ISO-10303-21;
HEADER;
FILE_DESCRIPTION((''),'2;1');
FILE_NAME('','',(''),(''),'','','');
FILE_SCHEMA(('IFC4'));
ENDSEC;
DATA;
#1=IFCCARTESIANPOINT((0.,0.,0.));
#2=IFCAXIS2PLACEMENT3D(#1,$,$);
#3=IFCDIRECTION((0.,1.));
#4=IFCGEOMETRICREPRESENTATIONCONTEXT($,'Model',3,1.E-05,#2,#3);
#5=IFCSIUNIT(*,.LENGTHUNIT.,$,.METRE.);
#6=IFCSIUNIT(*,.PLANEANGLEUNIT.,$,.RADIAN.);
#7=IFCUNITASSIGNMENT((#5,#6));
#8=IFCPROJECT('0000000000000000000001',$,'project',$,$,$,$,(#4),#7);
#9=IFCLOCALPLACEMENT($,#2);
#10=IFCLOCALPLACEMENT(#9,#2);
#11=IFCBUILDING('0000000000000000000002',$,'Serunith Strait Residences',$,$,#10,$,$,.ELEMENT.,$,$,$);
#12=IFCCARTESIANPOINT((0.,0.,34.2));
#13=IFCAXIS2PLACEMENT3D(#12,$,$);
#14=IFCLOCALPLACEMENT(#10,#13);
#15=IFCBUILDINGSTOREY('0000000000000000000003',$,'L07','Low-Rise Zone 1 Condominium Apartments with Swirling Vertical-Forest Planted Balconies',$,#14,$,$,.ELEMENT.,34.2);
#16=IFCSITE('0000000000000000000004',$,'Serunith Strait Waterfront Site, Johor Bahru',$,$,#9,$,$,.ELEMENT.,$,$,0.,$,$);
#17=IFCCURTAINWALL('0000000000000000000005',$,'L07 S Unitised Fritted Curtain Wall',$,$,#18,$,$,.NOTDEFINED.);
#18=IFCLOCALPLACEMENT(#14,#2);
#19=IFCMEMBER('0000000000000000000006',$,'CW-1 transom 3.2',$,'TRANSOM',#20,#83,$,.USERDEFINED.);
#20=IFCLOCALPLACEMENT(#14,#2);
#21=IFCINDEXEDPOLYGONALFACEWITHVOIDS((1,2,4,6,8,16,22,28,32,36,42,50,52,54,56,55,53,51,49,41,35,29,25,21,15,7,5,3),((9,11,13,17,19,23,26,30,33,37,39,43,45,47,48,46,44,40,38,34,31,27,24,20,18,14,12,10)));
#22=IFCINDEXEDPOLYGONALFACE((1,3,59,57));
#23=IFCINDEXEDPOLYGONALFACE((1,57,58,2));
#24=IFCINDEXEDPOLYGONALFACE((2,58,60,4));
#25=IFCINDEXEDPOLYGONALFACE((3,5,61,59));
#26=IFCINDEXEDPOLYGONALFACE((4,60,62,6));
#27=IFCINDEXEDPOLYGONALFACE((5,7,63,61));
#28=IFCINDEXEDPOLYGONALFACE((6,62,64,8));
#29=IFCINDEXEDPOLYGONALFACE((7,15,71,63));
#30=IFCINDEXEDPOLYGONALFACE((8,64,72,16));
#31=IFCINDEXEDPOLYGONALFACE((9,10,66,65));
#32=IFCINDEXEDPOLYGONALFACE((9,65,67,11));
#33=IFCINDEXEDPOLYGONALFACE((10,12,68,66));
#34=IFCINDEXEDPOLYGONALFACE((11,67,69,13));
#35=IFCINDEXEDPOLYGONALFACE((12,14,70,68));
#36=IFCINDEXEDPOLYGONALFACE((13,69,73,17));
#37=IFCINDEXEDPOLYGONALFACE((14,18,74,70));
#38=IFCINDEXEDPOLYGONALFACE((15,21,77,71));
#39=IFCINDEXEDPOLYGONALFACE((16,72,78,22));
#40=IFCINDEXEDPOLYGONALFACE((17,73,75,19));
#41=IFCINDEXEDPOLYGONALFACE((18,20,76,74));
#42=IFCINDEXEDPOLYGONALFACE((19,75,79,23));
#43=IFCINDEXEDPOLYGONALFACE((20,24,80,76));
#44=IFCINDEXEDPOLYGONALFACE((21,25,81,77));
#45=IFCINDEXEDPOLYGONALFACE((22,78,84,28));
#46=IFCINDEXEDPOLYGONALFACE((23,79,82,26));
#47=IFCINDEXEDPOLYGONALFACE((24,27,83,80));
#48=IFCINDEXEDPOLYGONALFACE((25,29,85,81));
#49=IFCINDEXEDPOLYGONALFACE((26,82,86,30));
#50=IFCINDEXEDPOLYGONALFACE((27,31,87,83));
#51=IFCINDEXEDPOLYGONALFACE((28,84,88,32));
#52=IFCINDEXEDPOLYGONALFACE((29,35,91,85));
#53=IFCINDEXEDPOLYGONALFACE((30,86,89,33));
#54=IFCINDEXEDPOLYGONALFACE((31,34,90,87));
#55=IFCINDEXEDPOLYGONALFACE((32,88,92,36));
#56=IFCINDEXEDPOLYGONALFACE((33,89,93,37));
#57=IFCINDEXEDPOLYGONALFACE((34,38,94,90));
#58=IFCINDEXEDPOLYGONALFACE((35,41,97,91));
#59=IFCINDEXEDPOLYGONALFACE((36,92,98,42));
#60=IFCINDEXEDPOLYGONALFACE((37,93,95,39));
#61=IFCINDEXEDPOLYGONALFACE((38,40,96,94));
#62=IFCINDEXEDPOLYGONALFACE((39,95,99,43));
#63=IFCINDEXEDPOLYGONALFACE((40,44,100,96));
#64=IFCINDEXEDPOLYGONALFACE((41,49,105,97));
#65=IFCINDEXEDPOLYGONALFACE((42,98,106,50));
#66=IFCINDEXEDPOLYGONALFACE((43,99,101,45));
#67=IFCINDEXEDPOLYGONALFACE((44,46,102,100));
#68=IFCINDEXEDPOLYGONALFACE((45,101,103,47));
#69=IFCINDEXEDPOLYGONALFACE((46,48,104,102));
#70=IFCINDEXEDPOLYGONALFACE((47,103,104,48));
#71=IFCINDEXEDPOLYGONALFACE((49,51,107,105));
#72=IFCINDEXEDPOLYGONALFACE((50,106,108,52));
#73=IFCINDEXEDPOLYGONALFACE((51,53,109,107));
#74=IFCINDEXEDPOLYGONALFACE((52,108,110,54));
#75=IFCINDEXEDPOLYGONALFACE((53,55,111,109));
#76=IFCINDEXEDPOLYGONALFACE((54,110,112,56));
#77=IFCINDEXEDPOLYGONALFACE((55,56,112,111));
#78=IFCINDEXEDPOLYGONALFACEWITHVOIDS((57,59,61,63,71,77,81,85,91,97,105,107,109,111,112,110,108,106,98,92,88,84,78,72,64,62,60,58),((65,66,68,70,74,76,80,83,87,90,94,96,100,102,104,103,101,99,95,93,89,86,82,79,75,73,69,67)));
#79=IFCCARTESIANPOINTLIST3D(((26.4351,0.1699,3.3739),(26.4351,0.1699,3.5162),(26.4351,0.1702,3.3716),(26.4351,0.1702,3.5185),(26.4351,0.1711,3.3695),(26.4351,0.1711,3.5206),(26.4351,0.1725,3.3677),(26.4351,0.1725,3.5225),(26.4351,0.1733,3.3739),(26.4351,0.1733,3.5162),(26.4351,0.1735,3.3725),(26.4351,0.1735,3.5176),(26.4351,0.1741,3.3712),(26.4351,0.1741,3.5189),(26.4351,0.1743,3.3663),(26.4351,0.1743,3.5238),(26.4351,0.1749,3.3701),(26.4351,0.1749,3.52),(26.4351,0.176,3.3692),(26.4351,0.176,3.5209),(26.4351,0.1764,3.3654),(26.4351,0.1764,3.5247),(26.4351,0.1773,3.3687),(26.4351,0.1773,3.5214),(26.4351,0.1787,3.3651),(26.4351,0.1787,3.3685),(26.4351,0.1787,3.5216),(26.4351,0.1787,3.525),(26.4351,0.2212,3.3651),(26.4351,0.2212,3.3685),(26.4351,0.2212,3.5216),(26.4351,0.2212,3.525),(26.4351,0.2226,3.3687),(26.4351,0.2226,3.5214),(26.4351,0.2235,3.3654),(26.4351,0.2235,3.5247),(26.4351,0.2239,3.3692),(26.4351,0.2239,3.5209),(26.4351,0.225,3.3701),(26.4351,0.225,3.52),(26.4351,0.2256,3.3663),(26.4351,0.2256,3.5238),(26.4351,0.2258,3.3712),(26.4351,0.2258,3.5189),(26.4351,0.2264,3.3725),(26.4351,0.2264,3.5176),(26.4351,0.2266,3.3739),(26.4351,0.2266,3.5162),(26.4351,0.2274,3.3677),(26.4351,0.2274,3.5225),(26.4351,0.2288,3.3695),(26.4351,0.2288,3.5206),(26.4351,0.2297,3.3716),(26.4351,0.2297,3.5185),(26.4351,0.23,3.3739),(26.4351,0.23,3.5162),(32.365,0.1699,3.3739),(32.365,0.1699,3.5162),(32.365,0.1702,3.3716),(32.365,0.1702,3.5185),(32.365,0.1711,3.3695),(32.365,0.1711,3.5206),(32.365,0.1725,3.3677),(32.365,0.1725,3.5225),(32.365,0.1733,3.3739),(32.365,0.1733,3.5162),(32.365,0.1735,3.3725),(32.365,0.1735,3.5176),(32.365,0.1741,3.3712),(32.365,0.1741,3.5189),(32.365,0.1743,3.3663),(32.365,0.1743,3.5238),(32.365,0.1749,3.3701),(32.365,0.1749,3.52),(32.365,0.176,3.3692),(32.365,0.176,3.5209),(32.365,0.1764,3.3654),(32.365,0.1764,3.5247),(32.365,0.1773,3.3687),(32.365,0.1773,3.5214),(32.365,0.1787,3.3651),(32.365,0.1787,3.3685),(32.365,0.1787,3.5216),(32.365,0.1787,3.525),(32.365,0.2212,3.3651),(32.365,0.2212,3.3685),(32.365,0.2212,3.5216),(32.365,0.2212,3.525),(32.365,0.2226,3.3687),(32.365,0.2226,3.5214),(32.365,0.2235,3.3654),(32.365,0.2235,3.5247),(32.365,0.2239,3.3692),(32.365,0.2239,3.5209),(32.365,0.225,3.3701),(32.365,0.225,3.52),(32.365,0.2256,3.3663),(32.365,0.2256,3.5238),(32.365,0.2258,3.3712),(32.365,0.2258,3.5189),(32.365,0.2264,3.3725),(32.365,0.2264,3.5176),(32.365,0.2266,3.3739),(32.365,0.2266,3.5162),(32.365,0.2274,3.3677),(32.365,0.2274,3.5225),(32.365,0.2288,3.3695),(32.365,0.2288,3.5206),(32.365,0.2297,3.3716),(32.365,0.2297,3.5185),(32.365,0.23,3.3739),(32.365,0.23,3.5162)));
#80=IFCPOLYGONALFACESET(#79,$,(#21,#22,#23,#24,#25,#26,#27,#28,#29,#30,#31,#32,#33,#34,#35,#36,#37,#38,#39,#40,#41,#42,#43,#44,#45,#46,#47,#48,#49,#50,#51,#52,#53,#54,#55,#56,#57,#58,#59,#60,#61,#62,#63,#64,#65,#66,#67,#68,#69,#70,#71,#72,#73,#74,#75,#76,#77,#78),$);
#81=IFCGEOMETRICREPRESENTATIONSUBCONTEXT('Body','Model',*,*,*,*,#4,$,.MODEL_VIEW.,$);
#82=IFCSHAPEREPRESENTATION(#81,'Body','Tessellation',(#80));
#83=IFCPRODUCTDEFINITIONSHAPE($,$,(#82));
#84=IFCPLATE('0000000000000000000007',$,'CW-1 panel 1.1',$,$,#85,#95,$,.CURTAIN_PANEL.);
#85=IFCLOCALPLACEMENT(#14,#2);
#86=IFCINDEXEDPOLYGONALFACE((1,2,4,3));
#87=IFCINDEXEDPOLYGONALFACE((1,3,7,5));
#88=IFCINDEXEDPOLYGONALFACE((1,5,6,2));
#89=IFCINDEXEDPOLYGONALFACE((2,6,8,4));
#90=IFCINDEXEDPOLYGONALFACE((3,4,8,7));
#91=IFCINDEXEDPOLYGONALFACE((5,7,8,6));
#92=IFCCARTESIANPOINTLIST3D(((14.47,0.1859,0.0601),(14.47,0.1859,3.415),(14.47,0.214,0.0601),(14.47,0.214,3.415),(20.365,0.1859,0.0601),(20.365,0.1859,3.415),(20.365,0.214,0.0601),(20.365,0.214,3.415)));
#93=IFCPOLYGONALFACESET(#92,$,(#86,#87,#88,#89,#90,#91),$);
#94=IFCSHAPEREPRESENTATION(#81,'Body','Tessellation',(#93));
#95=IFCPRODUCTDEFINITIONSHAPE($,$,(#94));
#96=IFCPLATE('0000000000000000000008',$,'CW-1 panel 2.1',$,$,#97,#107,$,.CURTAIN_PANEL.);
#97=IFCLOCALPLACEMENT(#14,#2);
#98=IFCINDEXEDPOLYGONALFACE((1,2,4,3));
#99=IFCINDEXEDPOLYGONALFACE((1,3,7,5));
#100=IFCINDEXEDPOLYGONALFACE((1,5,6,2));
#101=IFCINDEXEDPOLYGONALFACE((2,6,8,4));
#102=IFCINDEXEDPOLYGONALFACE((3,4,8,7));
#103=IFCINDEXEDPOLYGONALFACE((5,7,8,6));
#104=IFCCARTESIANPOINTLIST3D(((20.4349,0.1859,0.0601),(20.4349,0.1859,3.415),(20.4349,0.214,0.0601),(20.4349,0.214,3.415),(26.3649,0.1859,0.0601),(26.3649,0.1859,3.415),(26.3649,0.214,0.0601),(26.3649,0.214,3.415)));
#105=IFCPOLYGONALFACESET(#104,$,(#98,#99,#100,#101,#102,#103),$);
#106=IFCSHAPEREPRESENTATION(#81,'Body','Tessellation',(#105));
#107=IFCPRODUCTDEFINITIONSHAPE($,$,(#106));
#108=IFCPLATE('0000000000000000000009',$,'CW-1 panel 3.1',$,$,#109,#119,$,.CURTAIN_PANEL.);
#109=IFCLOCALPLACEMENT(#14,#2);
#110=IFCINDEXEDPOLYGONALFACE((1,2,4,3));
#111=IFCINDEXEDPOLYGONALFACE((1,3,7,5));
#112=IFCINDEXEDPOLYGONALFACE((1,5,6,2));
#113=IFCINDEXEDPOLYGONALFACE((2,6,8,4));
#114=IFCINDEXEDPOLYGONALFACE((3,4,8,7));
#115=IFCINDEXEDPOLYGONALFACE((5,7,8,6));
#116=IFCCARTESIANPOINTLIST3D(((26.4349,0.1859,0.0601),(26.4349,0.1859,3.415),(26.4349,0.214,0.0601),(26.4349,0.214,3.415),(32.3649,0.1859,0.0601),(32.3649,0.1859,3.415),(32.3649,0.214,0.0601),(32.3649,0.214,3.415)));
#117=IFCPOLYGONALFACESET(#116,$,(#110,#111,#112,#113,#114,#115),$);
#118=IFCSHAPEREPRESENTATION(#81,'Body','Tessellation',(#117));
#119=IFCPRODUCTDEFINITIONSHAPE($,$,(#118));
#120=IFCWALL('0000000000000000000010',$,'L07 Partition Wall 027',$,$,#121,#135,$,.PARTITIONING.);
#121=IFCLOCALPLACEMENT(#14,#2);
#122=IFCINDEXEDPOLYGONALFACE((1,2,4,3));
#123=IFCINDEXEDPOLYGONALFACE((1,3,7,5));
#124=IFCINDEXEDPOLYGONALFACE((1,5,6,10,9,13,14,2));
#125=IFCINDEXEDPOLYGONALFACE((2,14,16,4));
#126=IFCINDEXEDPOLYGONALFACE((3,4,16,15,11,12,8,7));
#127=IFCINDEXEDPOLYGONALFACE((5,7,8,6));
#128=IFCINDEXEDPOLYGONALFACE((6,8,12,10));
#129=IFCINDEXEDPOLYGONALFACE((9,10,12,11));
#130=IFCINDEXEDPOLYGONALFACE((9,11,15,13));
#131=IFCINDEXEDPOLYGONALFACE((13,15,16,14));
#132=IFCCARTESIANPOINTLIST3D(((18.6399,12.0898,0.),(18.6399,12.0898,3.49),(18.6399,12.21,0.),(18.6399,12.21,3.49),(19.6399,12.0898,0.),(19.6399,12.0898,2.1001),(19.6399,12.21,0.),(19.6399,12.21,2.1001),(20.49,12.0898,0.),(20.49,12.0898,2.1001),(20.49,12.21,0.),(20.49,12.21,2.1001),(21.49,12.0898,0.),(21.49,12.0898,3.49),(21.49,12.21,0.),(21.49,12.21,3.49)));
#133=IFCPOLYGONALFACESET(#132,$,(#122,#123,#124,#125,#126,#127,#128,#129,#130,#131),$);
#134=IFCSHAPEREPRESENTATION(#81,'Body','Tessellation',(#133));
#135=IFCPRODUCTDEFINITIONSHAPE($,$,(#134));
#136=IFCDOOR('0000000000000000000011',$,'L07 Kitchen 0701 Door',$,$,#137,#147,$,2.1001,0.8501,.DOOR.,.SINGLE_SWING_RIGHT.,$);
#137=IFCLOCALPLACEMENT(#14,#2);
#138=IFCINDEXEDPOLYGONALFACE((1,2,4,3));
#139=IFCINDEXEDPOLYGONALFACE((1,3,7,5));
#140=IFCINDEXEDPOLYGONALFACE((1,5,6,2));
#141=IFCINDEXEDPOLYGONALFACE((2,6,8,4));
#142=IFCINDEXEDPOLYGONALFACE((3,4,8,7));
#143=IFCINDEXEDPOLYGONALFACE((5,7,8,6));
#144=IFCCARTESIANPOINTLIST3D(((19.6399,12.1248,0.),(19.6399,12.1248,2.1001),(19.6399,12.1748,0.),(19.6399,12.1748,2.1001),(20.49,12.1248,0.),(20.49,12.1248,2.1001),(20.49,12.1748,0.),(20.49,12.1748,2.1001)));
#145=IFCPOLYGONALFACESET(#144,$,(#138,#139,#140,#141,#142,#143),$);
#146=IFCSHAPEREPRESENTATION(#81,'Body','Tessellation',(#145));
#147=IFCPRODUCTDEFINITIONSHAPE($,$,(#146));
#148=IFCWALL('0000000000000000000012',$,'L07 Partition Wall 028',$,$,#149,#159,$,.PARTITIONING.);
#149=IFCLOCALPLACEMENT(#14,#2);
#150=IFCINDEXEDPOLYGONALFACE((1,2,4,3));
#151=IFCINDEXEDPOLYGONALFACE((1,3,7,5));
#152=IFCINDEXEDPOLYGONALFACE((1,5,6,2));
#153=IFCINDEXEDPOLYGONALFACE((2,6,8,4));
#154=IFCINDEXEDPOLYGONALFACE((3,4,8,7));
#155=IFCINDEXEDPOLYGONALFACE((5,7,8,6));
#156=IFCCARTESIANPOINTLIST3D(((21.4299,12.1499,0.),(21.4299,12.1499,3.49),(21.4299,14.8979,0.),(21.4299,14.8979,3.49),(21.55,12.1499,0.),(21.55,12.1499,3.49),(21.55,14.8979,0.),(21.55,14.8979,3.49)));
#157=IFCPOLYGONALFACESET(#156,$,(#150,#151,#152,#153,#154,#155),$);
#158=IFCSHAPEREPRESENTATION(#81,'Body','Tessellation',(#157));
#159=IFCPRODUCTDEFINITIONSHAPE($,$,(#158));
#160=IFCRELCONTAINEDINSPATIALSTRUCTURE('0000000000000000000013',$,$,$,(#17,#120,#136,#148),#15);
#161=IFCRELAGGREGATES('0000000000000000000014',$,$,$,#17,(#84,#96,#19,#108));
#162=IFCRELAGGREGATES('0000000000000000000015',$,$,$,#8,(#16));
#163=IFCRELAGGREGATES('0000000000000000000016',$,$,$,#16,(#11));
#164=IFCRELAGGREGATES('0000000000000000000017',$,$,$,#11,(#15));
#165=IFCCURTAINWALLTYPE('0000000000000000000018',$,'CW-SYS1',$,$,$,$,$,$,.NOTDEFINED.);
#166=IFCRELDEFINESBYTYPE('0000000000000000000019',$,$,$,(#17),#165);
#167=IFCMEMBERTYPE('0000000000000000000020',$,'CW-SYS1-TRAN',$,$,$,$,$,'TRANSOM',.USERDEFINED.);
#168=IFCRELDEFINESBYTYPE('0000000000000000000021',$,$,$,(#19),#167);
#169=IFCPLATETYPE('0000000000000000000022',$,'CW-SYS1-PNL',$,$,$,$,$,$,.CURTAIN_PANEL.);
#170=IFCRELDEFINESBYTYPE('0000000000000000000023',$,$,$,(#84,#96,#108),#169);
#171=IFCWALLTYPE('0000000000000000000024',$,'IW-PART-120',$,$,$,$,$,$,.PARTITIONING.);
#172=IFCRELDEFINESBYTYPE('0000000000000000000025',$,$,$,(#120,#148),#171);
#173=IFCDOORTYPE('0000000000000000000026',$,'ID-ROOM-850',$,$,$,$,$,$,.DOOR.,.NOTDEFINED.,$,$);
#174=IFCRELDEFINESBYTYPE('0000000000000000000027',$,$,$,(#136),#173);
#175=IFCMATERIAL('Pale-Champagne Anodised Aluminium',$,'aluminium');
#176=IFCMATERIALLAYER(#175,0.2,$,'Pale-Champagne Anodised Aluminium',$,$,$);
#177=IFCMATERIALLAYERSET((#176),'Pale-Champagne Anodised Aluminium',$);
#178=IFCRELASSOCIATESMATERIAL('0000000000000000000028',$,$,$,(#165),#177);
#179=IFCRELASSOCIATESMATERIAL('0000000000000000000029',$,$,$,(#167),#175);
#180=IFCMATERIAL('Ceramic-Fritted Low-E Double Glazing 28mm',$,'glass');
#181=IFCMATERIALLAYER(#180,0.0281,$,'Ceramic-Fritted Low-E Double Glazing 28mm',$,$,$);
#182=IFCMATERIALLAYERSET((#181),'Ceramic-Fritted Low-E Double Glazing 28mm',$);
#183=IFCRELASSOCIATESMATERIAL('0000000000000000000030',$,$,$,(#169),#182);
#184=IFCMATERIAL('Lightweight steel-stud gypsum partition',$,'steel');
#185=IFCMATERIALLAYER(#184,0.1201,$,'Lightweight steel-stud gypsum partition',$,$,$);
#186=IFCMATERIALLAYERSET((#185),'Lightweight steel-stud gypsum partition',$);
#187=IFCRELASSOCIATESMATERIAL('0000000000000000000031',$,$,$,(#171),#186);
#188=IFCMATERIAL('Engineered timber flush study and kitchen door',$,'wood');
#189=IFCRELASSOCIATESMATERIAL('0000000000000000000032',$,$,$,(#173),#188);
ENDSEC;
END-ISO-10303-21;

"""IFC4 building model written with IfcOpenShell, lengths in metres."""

from ifc_helpers import new_model, si_unit, direction, frame, frame_2d, origin, origin_2d, place, context, subcontext, project, spatial, rectangle, hollow_rectangle, extrude, source, transform, mapped, material, layer, layer_set, material_profile, profile_set, type_object, element, fill, aggregate, save


model = new_model("IFC4")

# Units and contexts
model_context = context("Model", 3, precision=1e-05, world=origin(), true_north=direction((0.0, 1.0)))
body_context = subcontext(model_context, "Body", "Model", "MODEL_VIEW")
ifc_project = project(units=[si_unit("LENGTHUNIT", "METRE"), si_unit("PLANEANGLEUNIT", "RADIAN")], contexts=[model_context])

# Site, building, storey
site_placement = place(None, origin())
site = spatial("IfcSite", under=ifc_project, at=site_placement, Name="Serunith Strait Waterfront Site, Johor Bahru", CompositionType="ELEMENT", RefElevation=0.0)
building_placement = place(site_placement, origin())
building = spatial("IfcBuilding", under=site, at=building_placement, Name="Serunith Strait Residences", CompositionType="ELEMENT")
storey_placement = place(building_placement, frame((0.0, 0.0, 34.2)))
storey = spatial("IfcBuildingStorey", under=building, at=storey_placement, Name="L07", Description="Low-Rise Zone 1 Condominium Apartments with Swirling Vertical-Forest Planted Balconies", CompositionType="ELEMENT", Elevation=34.2)

# Curtain wall, member, plates
ifc_material_1 = material(Name="Pale-Champagne Anodised Aluminium", Category="aluminium")
ifc_layer_1 = layer(ifc_material_1, 0.2, Name="Pale-Champagne Anodised Aluminium")
ifc_layer_set_1 = layer_set([ifc_layer_1], Name="Pale-Champagne Anodised Aluminium")
curtain_wall_type = type_object("IfcCurtainWallType", Name="CW-SYS1", PredefinedType="NOTDEFINED", material=ifc_layer_set_1)
curtain_wall_placement = place(storey_placement, origin())
curtain_wall = element("IfcCurtainWall", 1, at=curtain_wall_placement, inside=storey, type_object=curtain_wall_type, Name="L07 S Unitised Fritted Curtain Wall", PredefinedType="NOTDEFINED")
ifc_material_profile_1 = material_profile(ifc_material_1, hollow_rectangle(XDim=0.0601, YDim=0.1599, WallThickness=0.0034, InnerFilletRadius=0.0054, OuterFilletRadius=0.0088, at=origin_2d()), Name="ALU 160x60x3.5")
ifc_profile_set_1 = profile_set([ifc_material_profile_1], Name="Pale-Champagne Anodised Aluminium")
member_type_1 = type_object("IfcMemberType", Name="CW-SYS1-TRAN", ElementType="TRANSOM", PredefinedType="USERDEFINED", material=ifc_profile_set_1)
shared_shape_1 = source(origin(), body_context, "Body", "SweptSolid", [
    extrude(hollow_rectangle(XDim=0.0601, YDim=0.1599, WallThickness=0.0034, InnerFilletRadius=0.0054, OuterFilletRadius=0.0088, at=origin_2d()), origin(), (0.0, 0.0, 1.0), 5.9299),
])
member_1_placement = place(storey_placement, frame((26.4351, 0.2, 3.4451), z_axis=(1.0, 0.0, 0.0), x_axis=(0.0, 1.0, 0.0)))
member_1 = element("IfcMember", 2, at=member_1_placement, type_object=member_type_1, Name="CW-1 transom 3.2", ObjectType="TRANSOM", PredefinedType="USERDEFINED", context=body_context, shape_type="MappedRepresentation", body=[
    mapped(shared_shape_1, transform((0.0, 0.0, 0.0), scale=1.0)),
])
ifc_material_2 = material(Name="Ceramic-Fritted Low-E Double Glazing 28mm", Category="glass")
ifc_layer_2 = layer(ifc_material_2, 0.0281, Name="Ceramic-Fritted Low-E Double Glazing 28mm")
ifc_layer_set_2 = layer_set([ifc_layer_2], Name="Ceramic-Fritted Low-E Double Glazing 28mm")
plate_type = type_object("IfcPlateType", Name="CW-SYS1-PNL", PredefinedType="CURTAIN_PANEL", material=ifc_layer_set_2)
shared_shape_2 = source(origin(), body_context, "Body", "SweptSolid", [
    extrude(rectangle(XDim=5.895, YDim=0.0281, at=origin_2d()), origin(), (0.0, 0.0, 1.0), 3.355),
])
plate_1_placement = place(storey_placement, frame((17.4175, 0.2, 0.0601), z_axis=(0.0, 0.0, 1.0), x_axis=(1.0, 0.0, 0.0)))
plate_1 = element("IfcPlate", 3, at=plate_1_placement, type_object=plate_type, Name="CW-1 panel 1.1", PredefinedType="CURTAIN_PANEL", context=body_context, shape_type="MappedRepresentation", body=[
    mapped(shared_shape_2, transform((0.0, 0.0, 0.0), scale=1.0)),
])
shared_shape_3 = source(origin(), body_context, "Body", "SweptSolid", [
    extrude(rectangle(XDim=5.9299, YDim=0.0281, at=origin_2d()), origin(), (0.0, 0.0, 1.0), 3.355),
])
plate_2_placement = place(storey_placement, frame((23.3999, 0.2, 0.0601), z_axis=(0.0, 0.0, 1.0), x_axis=(1.0, 0.0, 0.0)))
plate_2 = element("IfcPlate", 4, at=plate_2_placement, type_object=plate_type, Name="CW-1 panel 2.1", PredefinedType="CURTAIN_PANEL", context=body_context, shape_type="MappedRepresentation", body=[
    mapped(shared_shape_3, transform((0.0, 0.0, 0.0), scale=1.0)),
])
plate_3_placement = place(storey_placement, frame((29.3999, 0.2, 0.0601), z_axis=(0.0, 0.0, 1.0), x_axis=(1.0, 0.0, 0.0)))
plate_3 = element("IfcPlate", 5, at=plate_3_placement, type_object=plate_type, Name="CW-1 panel 3.1", PredefinedType="CURTAIN_PANEL", context=body_context, shape_type="MappedRepresentation", body=[
    mapped(shared_shape_3, transform((0.0, 0.0, 0.0), scale=1.0)),
])
aggregate(curtain_wall, [plate_1, plate_2, member_1, plate_3])

# Wall, opening, door
ifc_material_3 = material(Name="Lightweight steel-stud gypsum partition", Category="steel")
ifc_layer_3 = layer(ifc_material_3, 0.1201, Name="Lightweight steel-stud gypsum partition")
ifc_layer_set_3 = layer_set([ifc_layer_3], Name="Lightweight steel-stud gypsum partition")
wall_type_1 = type_object("IfcWallType", Name="IW-PART-120", PredefinedType="PARTITIONING", material=ifc_layer_set_3)
wall_1_placement = place(storey_placement, frame((18.6399, 12.1499, 0.0), z_axis=(0.0, 0.0, 1.0), x_axis=(1.0, 0.0, 0.0)))
wall_1 = element("IfcWall", 6, at=wall_1_placement, inside=storey, type_object=wall_type_1, Name="L07 Partition Wall 027", PredefinedType="PARTITIONING", context=body_context, shape_type="SweptSolid", body=[
    extrude(rectangle(XDim=2.8501, YDim=0.1201, at=frame_2d((1.425, 0.0))), origin(), (0.0, 0.0, 1.0), 3.49),
])
opening_1_placement = place(wall_1_placement, frame((1.0, 0.0, 0.0)))
opening_1 = element("IfcOpeningElement", 7, at=opening_1_placement, cuts=wall_1, PredefinedType="OPENING", context=body_context, shape_type="SweptSolid", body=[
    extrude(rectangle(XDim=0.8501, YDim=2.1001, at=frame_2d((0.425, 1.05))), frame((0.0, 0.0701, 0.0), z_axis=(0.0, -1.0, 0.0), x_axis=(1.0, 0.0, 0.0)), (0.0, 0.0, 1.0), 0.1401),
])
ifc_material_4 = material(Name="Engineered timber flush study and kitchen door", Category="wood")
door_type_1 = type_object("IfcDoorType", Name="ID-ROOM-850", OperationType="NOTDEFINED", PredefinedType="DOOR", material=ifc_material_4)
shared_shape_4 = source(origin(), body_context, "Body", "SweptSolid", [
    extrude(rectangle(XDim=0.8501, YDim=2.1001, at=frame_2d((0.425, 1.05))), frame((0.0, 0.0249, 0.0), z_axis=(0.0, -1.0, 0.0), x_axis=(1.0, 0.0, 0.0)), (0.0, 0.0, 1.0), 0.05),
])
door_1_placement = place(opening_1_placement, origin())
door_1 = element("IfcDoor", 8, at=door_1_placement, inside=storey, type_object=door_type_1, Name="L07 Kitchen 0701 Door", OperationType="SINGLE_SWING_RIGHT", OverallHeight=2.1001, OverallWidth=0.8501, PredefinedType="DOOR", context=body_context, shape_type="MappedRepresentation", body=[
    mapped(shared_shape_4, transform((0.0, 0.0, 0.0), scale=1.0)),
])
fill(opening_1, door_1)

# Wall
wall_2_placement = place(storey_placement, frame((21.49, 12.1499, 0.0), z_axis=(0.0, 0.0, 1.0), x_axis=(0.0, 1.0, 0.0)))
element("IfcWall", 9, at=wall_2_placement, inside=storey, type_object=wall_type_1, Name="L07 Partition Wall 028", PredefinedType="PARTITIONING", context=body_context, shape_type="SweptSolid", body=[
    extrude(rectangle(XDim=2.748, YDim=0.1201, at=frame_2d((1.374, 0.0))), origin(), (0.0, 0.0, 1.0), 3.49),
])

save(model, "model.ifc")
